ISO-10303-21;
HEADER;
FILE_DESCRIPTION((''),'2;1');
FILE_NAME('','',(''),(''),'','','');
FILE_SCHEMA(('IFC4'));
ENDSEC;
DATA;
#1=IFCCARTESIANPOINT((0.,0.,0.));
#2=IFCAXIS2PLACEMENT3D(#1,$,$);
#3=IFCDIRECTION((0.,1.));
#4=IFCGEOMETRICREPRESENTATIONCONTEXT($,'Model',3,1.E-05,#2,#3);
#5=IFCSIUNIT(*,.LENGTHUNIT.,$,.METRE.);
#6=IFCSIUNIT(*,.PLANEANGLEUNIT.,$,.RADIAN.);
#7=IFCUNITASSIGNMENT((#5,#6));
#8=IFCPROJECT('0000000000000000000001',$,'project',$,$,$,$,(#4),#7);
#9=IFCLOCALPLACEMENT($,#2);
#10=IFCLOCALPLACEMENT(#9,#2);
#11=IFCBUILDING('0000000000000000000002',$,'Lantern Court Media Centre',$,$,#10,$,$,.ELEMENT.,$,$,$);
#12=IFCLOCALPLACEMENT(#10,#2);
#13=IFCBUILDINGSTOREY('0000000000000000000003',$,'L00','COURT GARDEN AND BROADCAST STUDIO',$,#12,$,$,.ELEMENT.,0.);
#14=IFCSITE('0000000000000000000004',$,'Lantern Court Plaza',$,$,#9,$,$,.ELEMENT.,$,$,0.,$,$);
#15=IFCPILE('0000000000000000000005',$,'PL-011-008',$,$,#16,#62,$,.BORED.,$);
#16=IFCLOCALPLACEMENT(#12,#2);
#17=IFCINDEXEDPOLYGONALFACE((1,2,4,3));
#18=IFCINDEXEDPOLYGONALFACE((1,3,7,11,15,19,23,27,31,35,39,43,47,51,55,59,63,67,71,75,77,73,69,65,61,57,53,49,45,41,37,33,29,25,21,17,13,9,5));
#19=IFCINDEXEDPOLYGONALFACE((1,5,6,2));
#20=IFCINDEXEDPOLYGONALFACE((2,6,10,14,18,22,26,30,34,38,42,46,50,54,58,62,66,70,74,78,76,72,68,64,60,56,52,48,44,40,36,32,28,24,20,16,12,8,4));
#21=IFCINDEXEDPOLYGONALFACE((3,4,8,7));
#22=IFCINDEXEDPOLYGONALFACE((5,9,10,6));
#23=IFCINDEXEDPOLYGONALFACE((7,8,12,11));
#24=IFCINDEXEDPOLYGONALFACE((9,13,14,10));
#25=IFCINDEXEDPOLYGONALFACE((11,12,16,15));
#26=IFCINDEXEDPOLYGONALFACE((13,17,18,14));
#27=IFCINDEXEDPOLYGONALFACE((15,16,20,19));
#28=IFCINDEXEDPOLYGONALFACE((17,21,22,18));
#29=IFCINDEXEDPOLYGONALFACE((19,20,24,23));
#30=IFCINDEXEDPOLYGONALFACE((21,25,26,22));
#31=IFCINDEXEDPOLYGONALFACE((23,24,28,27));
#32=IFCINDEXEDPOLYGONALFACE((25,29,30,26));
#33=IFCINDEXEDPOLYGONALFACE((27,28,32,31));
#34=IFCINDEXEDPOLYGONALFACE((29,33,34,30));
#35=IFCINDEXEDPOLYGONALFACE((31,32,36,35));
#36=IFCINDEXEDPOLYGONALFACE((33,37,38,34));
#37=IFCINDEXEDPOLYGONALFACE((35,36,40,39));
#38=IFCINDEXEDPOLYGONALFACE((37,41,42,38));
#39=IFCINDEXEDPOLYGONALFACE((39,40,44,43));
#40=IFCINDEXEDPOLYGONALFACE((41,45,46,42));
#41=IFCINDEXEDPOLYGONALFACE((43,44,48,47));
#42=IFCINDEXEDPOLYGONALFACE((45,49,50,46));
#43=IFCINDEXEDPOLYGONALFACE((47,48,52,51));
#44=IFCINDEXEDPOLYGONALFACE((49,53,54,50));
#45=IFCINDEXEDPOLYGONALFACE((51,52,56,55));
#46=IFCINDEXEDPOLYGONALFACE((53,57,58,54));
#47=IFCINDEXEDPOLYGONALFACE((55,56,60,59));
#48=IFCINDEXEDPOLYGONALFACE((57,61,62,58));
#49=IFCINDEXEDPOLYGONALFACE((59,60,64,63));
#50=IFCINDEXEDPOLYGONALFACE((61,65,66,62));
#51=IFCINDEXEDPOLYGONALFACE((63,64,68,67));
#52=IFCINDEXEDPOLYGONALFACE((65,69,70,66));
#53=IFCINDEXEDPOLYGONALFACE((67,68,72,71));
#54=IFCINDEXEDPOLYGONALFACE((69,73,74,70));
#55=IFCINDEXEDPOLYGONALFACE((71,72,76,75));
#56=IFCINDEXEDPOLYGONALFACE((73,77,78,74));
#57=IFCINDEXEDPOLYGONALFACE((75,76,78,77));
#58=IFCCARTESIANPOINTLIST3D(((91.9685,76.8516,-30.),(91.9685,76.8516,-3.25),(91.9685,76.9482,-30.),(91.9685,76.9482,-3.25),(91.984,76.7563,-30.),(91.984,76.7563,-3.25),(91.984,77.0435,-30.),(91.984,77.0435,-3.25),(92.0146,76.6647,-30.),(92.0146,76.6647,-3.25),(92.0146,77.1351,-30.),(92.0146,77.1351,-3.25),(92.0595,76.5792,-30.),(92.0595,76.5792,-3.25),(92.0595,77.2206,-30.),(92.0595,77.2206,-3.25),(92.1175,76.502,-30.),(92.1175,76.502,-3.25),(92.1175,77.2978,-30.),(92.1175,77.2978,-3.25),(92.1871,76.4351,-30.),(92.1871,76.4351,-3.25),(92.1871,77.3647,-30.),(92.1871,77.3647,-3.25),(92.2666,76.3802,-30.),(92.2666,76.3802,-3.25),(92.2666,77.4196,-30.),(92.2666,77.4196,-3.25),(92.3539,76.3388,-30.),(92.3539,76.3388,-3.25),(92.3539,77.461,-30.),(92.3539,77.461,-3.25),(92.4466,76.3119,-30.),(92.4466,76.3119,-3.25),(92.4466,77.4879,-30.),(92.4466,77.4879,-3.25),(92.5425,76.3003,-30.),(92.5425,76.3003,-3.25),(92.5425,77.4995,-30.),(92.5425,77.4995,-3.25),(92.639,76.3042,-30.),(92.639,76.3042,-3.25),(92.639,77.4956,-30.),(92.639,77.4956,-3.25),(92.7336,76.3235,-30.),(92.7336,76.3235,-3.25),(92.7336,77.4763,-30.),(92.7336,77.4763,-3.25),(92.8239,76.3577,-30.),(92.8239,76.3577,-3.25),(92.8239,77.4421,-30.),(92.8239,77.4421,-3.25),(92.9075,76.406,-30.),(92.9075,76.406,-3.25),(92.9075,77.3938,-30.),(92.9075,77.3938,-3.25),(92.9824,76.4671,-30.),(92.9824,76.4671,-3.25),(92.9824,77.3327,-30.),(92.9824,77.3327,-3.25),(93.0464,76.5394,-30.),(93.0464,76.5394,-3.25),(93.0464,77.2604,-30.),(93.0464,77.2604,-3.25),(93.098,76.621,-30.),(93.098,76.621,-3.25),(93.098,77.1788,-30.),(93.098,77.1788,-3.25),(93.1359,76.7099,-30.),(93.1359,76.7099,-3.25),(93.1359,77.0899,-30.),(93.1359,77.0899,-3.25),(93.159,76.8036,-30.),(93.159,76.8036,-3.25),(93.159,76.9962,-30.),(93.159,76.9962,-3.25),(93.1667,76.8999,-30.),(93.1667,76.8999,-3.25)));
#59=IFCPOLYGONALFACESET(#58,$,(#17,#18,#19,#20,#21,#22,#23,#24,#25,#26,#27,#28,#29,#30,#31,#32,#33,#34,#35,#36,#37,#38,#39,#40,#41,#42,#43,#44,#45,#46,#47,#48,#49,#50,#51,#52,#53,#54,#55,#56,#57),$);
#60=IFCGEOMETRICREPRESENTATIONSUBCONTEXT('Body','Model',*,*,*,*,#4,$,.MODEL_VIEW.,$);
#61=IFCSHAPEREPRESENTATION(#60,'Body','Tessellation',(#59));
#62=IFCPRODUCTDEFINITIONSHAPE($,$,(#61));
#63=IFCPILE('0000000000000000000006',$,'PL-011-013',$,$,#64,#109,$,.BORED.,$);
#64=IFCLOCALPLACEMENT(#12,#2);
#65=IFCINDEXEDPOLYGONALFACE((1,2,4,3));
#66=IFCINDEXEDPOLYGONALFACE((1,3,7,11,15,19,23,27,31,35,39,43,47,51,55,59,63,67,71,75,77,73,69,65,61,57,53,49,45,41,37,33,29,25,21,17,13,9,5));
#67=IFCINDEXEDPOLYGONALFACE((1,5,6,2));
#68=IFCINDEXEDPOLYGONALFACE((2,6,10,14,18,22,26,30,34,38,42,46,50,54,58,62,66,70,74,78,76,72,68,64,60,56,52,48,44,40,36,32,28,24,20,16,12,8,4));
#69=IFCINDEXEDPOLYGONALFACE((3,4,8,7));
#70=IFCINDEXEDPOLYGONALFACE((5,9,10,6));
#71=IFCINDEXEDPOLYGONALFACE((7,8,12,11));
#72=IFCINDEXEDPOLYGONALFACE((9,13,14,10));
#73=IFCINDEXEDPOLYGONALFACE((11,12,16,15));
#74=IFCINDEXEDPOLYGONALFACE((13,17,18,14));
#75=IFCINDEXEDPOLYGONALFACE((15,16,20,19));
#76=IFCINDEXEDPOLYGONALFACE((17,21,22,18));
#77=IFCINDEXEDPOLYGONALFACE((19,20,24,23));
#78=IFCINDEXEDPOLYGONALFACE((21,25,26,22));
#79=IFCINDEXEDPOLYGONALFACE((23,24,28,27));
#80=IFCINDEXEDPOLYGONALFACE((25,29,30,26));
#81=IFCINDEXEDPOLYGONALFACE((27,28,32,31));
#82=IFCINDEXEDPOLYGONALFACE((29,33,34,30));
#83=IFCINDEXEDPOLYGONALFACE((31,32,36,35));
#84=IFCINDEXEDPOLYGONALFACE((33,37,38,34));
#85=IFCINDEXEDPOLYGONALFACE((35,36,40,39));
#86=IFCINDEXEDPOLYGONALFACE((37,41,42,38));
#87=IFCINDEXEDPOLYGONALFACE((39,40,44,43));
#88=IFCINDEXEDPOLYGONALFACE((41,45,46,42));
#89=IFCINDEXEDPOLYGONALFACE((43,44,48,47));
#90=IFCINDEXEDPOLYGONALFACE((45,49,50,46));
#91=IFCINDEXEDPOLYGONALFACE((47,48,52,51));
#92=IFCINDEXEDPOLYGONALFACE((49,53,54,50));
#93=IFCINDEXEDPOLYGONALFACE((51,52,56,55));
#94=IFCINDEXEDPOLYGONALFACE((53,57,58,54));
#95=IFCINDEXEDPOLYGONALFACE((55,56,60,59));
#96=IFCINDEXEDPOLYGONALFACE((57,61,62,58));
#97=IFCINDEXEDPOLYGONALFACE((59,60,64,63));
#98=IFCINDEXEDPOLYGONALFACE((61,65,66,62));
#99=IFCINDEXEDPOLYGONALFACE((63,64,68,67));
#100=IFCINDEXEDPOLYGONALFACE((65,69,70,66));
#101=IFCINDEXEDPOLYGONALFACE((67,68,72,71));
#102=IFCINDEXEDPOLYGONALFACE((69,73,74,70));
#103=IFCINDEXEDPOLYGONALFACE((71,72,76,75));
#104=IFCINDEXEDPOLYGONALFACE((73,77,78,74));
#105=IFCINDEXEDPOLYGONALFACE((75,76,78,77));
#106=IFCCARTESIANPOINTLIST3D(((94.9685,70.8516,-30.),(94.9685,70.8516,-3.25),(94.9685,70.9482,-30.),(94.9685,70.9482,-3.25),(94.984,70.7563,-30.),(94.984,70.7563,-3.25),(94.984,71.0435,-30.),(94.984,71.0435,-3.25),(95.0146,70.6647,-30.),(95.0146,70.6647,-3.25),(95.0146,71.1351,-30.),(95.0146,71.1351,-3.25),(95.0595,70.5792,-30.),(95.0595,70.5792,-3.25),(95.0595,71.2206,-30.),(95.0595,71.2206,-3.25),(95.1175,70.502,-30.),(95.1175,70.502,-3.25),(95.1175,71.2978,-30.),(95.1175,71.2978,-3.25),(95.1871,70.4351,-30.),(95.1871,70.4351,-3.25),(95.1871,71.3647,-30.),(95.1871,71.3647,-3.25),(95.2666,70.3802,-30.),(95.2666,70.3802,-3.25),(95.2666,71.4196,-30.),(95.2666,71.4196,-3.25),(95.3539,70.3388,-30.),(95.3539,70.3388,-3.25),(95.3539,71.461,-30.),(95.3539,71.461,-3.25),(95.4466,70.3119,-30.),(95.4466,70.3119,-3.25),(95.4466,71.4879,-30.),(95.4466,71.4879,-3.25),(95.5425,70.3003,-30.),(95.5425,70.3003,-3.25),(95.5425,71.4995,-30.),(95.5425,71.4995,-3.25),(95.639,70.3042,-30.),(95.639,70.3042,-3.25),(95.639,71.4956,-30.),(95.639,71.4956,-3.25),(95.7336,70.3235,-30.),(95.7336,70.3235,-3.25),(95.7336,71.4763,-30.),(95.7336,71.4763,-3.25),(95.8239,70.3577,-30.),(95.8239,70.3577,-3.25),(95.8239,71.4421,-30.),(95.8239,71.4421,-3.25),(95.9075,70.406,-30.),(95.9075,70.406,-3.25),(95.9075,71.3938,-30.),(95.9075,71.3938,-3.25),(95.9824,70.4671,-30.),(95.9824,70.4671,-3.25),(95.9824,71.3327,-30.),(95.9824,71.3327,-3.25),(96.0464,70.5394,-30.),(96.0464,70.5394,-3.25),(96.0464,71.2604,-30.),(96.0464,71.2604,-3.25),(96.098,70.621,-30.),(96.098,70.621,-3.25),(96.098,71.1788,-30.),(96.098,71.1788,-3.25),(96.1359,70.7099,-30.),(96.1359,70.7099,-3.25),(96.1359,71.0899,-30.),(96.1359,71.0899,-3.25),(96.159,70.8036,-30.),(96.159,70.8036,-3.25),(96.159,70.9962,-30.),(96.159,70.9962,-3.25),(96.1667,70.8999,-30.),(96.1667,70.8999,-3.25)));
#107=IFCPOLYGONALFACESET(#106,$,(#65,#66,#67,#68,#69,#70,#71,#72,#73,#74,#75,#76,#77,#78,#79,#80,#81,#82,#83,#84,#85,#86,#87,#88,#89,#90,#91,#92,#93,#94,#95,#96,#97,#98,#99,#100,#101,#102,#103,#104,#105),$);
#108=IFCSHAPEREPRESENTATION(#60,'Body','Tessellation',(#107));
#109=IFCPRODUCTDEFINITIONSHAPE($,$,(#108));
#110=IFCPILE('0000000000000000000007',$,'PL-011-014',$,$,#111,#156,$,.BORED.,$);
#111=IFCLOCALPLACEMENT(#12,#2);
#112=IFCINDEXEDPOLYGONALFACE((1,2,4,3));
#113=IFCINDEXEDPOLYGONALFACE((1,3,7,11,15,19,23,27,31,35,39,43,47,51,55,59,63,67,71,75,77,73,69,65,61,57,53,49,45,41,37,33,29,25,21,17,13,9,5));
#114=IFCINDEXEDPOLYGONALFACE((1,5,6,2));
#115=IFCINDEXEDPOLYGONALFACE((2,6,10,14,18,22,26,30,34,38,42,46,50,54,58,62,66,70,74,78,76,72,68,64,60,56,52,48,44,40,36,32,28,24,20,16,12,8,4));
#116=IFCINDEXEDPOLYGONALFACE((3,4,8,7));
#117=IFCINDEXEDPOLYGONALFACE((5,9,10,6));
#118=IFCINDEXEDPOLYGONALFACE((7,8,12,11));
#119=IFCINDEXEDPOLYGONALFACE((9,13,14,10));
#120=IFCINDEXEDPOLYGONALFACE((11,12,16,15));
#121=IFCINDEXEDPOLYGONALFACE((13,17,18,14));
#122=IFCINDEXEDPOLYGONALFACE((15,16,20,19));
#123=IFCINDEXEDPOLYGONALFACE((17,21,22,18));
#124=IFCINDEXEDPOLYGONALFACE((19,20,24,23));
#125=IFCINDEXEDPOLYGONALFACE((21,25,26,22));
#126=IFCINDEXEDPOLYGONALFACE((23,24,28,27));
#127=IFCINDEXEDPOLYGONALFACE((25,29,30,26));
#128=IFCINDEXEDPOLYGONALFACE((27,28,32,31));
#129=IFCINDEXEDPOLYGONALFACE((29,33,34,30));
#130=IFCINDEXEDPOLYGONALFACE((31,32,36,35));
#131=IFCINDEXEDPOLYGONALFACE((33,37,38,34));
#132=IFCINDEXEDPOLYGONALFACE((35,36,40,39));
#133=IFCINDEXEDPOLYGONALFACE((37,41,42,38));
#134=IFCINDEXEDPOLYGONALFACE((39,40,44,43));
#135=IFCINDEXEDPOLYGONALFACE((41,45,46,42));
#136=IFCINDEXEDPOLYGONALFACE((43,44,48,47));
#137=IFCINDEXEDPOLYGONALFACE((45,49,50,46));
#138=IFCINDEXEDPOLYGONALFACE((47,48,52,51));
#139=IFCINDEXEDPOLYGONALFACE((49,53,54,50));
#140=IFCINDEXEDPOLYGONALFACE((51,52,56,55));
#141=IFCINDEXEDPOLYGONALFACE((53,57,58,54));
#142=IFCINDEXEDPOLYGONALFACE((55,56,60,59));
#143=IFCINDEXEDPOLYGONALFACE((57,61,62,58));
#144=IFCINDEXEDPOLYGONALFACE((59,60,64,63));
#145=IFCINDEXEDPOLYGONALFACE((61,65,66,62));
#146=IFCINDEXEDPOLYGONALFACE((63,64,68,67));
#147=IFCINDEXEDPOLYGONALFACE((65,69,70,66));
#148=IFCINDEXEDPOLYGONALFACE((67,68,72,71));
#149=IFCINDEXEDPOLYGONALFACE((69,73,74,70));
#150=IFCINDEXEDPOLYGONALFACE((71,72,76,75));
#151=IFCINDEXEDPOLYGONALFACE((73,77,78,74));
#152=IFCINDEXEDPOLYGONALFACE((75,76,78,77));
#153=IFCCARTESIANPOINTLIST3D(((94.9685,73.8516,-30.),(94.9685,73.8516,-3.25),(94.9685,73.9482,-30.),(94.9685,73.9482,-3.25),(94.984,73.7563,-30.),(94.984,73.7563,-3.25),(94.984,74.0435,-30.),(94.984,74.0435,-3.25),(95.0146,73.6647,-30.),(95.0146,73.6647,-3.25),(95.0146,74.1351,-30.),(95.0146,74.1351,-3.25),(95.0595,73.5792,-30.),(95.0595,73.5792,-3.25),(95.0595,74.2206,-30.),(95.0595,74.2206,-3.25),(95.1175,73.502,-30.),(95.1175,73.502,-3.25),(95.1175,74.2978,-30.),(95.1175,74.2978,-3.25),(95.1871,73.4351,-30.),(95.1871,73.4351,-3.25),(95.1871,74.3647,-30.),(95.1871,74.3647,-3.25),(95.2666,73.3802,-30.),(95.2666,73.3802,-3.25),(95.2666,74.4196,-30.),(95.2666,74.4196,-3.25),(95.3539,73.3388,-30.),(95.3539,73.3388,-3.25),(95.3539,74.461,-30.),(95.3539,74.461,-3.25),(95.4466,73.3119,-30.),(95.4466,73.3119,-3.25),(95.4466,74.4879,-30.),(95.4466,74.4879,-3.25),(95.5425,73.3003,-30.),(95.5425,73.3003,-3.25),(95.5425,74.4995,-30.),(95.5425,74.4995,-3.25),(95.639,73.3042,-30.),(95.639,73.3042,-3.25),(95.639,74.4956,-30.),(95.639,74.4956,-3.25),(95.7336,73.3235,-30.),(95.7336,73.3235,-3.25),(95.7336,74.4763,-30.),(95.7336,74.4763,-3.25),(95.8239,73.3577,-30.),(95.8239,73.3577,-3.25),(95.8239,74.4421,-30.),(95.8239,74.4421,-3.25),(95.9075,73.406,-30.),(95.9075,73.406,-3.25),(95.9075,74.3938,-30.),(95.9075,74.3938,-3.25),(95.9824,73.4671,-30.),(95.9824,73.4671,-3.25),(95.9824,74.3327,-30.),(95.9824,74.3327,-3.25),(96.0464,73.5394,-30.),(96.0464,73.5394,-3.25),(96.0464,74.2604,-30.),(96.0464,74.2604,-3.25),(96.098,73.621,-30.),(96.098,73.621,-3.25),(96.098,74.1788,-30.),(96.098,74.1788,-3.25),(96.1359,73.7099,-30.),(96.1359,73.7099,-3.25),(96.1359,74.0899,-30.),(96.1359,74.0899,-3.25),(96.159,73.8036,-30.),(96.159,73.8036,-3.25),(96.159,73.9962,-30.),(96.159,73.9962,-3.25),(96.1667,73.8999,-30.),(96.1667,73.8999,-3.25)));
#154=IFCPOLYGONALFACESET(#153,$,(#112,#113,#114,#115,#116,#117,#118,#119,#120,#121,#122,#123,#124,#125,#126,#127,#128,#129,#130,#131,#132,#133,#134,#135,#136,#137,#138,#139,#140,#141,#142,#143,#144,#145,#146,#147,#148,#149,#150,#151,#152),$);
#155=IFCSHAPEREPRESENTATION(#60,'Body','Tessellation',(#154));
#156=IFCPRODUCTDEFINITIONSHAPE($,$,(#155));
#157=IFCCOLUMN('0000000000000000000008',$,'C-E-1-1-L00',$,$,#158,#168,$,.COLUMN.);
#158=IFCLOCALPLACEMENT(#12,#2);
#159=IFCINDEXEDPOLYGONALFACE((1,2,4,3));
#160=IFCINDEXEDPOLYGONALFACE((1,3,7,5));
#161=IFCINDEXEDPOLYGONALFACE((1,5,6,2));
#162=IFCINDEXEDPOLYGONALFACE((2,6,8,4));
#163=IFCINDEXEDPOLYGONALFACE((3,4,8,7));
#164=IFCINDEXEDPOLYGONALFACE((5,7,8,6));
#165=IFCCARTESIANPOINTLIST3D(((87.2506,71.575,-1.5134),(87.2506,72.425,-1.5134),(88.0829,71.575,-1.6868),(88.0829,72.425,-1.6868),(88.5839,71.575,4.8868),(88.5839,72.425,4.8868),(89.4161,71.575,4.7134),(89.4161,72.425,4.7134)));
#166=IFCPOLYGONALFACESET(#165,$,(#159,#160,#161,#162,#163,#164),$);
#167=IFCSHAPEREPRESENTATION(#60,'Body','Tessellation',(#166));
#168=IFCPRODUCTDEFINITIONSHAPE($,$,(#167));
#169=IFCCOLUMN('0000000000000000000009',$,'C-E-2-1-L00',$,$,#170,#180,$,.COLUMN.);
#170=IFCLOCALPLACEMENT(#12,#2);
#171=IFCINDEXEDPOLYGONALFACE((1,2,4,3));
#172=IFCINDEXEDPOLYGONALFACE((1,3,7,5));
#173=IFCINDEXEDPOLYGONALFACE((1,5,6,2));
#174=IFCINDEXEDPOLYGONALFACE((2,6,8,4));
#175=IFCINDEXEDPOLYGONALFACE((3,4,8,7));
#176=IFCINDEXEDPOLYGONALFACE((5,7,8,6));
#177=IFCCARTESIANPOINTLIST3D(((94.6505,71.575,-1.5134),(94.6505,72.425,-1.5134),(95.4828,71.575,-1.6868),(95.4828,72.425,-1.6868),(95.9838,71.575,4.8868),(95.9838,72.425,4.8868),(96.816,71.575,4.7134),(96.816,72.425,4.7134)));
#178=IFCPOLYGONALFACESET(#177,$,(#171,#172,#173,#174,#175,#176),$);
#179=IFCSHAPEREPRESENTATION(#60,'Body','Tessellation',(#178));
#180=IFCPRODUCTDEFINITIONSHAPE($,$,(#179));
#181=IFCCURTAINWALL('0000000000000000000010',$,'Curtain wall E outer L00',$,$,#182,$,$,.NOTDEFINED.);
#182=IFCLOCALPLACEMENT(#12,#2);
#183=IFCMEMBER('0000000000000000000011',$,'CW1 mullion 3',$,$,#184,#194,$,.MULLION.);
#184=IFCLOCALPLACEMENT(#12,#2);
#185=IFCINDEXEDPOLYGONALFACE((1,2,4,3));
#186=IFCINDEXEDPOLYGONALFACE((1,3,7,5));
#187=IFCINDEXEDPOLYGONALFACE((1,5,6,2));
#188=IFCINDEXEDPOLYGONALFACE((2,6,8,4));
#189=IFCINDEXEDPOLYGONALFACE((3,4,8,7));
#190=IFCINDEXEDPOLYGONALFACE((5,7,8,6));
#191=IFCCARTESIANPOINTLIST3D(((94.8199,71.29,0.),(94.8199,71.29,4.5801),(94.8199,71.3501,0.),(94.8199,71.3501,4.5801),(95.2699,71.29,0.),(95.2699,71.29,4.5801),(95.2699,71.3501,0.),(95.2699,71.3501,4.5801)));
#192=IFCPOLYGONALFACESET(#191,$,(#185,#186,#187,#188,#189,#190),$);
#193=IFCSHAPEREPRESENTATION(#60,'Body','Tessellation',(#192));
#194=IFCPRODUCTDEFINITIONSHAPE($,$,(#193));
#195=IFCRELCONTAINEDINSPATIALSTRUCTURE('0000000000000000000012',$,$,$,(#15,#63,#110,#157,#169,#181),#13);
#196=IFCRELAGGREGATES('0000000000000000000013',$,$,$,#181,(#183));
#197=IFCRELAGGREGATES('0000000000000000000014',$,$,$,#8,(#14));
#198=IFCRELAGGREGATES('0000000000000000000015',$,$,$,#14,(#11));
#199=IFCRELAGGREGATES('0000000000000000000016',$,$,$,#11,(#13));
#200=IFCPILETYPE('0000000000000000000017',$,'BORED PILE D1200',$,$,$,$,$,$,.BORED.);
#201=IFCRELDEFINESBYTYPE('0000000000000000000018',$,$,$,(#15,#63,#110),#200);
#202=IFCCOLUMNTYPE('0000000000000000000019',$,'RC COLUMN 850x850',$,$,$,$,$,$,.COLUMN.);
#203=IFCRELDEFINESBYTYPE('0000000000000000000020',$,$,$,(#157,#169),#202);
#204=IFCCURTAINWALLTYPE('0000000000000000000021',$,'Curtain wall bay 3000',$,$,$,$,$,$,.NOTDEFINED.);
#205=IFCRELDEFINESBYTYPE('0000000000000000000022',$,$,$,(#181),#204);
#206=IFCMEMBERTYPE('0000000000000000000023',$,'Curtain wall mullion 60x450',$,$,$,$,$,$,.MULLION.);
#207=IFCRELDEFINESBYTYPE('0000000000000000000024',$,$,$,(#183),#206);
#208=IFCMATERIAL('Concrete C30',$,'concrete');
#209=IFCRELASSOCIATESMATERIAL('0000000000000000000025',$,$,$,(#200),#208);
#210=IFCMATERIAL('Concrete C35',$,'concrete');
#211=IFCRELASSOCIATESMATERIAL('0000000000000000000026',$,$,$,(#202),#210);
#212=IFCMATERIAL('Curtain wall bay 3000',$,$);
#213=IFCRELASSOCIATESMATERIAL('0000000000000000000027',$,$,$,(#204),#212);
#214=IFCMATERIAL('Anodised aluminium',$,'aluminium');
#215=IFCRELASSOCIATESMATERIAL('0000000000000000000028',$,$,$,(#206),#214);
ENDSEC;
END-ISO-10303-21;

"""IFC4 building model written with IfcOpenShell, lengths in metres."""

from ifc_helpers import new_model, si_unit, direction, frame, origin, origin_2d, place, context, subcontext, project, spatial, rectangle, circle, extrude, material, material_profile, profile_set, type_object, element, aggregate, save


model = new_model("IFC4")

# Units and contexts
model_context = context("Model", 3, precision=1e-05, world=origin(), true_north=direction((0.0, 1.0)))
body_context = subcontext(model_context, "Body", "Model", "MODEL_VIEW")
ifc_project = project(units=[si_unit("LENGTHUNIT", "METRE"), si_unit("PLANEANGLEUNIT", "RADIAN")], contexts=[model_context])

# Site, building, storey
site_placement = place(None, origin())
site = spatial("IfcSite", under=ifc_project, at=site_placement, Name="Lantern Court Plaza", CompositionType="ELEMENT", RefElevation=0.0)
building_placement = place(site_placement, origin())
building = spatial("IfcBuilding", under=site, at=building_placement, Name="Lantern Court Media Centre", CompositionType="ELEMENT")
storey_placement = place(building_placement, origin())
storey = spatial("IfcBuildingStorey", under=building, at=storey_placement, Name="L00", Description="COURT GARDEN AND BROADCAST STUDIO", CompositionType="ELEMENT", Elevation=0.0)

# Piles
ifc_material_1 = material(Name="Concrete C30", Category="concrete")
ifc_material_profile_1 = material_profile(ifc_material_1, circle(Radius=0.6001, at=origin_2d()), Name="D1200")
ifc_profile_set_1 = profile_set([ifc_material_profile_1], Name="Concrete C30")
pile_type = type_object("IfcPileType", Name="BORED PILE D1200", PredefinedType="BORED", material=ifc_profile_set_1)
for number, where, z_axis, x_axis, name in (
    (1, (92.5667, 76.8999, -3.25), (0.0, 0.0, -1.0), (1.0, 0.0, 0.0), "PL-011-008"),
    (2, (95.5667, 70.8999, -3.25), (0.0, 0.0, -1.0), (1.0, 0.0, 0.0), "PL-011-013"),
    (3, (95.5667, 73.8999, -3.25), (0.0, 0.0, -1.0), (1.0, 0.0, 0.0), "PL-011-014"),
):
    element("IfcPile", number, at=place(storey_placement, frame(where, z_axis=z_axis, x_axis=x_axis)), inside=storey, type_object=pile_type, Name=name, PredefinedType="BORED", context=body_context, shape_type="SweptSolid", body=[
        extrude(circle(Radius=0.6001, at=origin_2d()), origin(), (0.0, 0.0, 1.0), 26.75),
    ])

# Columns
ifc_material_2 = material(Name="Concrete C35", Category="concrete")
ifc_material_profile_2 = material_profile(ifc_material_2, rectangle(XDim=0.8501, YDim=0.8501, at=origin_2d()), Name="RC 850x850")
ifc_profile_set_2 = profile_set([ifc_material_profile_2], Name="Concrete C35")
column_type = type_object("IfcColumnType", Name="RC COLUMN 850x850", PredefinedType="COLUMN", material=ifc_profile_set_2)
for number, where, z_axis, x_axis, name in (
    (4, (87.6667, 72.0, -1.6001), (0.203938, 0.0, 0.978984), (0.0, 1.0, 0.0), "C-E-1-1-L00"),
    (5, (95.0667, 72.0, -1.6001), (0.203938, 0.0, 0.978984), (0.0, 1.0, 0.0), "C-E-2-1-L00"),
):
    element("IfcColumn", number, at=place(storey_placement, frame(where, z_axis=z_axis, x_axis=x_axis)), inside=storey, type_object=column_type, Name=name, PredefinedType="COLUMN", context=body_context, shape_type="SweptSolid", body=[
        extrude(rectangle(XDim=0.8501, YDim=0.8501, at=origin_2d()), origin(), (0.0, 0.0, 1.0), 6.5376),
    ])

# Curtain wall, member
ifc_material_3 = material(Name="Curtain wall bay 3000")
curtain_wall_type = type_object("IfcCurtainWallType", Name="Curtain wall bay 3000", PredefinedType="NOTDEFINED", material=ifc_material_3)
curtain_wall_placement = place(storey_placement, origin())
curtain_wall = element("IfcCurtainWall", 6, at=curtain_wall_placement, inside=storey, type_object=curtain_wall_type, Name="Curtain wall E outer L00", PredefinedType="NOTDEFINED")
ifc_material_4 = material(Name="Anodised aluminium", Category="aluminium")
ifc_material_profile_3 = material_profile(ifc_material_4, rectangle(XDim=0.45, YDim=0.0601, at=origin_2d()), Name="AL 60x450")
ifc_profile_set_3 = profile_set([ifc_material_profile_3], Name="Anodised aluminium")
member_type = type_object("IfcMemberType", Name="Curtain wall mullion 60x450", PredefinedType="MULLION", material=ifc_profile_set_3)
member_placement = place(storey_placement, frame((95.0449, 71.3201, 0.0), z_axis=(0.0, 0.0, 1.0), x_axis=(-1.0, 0.0, 0.0)))
member = element("IfcMember", 7, at=member_placement, type_object=member_type, Name="CW1 mullion 3", PredefinedType="MULLION", context=body_context, shape_type="SweptSolid", body=[
    extrude(rectangle(XDim=0.45, YDim=0.0601, at=origin_2d()), origin(), (0.0, 0.0, 1.0), 4.5801),
])

aggregate(curtain_wall, [member])

save(model, "model.ifc")
